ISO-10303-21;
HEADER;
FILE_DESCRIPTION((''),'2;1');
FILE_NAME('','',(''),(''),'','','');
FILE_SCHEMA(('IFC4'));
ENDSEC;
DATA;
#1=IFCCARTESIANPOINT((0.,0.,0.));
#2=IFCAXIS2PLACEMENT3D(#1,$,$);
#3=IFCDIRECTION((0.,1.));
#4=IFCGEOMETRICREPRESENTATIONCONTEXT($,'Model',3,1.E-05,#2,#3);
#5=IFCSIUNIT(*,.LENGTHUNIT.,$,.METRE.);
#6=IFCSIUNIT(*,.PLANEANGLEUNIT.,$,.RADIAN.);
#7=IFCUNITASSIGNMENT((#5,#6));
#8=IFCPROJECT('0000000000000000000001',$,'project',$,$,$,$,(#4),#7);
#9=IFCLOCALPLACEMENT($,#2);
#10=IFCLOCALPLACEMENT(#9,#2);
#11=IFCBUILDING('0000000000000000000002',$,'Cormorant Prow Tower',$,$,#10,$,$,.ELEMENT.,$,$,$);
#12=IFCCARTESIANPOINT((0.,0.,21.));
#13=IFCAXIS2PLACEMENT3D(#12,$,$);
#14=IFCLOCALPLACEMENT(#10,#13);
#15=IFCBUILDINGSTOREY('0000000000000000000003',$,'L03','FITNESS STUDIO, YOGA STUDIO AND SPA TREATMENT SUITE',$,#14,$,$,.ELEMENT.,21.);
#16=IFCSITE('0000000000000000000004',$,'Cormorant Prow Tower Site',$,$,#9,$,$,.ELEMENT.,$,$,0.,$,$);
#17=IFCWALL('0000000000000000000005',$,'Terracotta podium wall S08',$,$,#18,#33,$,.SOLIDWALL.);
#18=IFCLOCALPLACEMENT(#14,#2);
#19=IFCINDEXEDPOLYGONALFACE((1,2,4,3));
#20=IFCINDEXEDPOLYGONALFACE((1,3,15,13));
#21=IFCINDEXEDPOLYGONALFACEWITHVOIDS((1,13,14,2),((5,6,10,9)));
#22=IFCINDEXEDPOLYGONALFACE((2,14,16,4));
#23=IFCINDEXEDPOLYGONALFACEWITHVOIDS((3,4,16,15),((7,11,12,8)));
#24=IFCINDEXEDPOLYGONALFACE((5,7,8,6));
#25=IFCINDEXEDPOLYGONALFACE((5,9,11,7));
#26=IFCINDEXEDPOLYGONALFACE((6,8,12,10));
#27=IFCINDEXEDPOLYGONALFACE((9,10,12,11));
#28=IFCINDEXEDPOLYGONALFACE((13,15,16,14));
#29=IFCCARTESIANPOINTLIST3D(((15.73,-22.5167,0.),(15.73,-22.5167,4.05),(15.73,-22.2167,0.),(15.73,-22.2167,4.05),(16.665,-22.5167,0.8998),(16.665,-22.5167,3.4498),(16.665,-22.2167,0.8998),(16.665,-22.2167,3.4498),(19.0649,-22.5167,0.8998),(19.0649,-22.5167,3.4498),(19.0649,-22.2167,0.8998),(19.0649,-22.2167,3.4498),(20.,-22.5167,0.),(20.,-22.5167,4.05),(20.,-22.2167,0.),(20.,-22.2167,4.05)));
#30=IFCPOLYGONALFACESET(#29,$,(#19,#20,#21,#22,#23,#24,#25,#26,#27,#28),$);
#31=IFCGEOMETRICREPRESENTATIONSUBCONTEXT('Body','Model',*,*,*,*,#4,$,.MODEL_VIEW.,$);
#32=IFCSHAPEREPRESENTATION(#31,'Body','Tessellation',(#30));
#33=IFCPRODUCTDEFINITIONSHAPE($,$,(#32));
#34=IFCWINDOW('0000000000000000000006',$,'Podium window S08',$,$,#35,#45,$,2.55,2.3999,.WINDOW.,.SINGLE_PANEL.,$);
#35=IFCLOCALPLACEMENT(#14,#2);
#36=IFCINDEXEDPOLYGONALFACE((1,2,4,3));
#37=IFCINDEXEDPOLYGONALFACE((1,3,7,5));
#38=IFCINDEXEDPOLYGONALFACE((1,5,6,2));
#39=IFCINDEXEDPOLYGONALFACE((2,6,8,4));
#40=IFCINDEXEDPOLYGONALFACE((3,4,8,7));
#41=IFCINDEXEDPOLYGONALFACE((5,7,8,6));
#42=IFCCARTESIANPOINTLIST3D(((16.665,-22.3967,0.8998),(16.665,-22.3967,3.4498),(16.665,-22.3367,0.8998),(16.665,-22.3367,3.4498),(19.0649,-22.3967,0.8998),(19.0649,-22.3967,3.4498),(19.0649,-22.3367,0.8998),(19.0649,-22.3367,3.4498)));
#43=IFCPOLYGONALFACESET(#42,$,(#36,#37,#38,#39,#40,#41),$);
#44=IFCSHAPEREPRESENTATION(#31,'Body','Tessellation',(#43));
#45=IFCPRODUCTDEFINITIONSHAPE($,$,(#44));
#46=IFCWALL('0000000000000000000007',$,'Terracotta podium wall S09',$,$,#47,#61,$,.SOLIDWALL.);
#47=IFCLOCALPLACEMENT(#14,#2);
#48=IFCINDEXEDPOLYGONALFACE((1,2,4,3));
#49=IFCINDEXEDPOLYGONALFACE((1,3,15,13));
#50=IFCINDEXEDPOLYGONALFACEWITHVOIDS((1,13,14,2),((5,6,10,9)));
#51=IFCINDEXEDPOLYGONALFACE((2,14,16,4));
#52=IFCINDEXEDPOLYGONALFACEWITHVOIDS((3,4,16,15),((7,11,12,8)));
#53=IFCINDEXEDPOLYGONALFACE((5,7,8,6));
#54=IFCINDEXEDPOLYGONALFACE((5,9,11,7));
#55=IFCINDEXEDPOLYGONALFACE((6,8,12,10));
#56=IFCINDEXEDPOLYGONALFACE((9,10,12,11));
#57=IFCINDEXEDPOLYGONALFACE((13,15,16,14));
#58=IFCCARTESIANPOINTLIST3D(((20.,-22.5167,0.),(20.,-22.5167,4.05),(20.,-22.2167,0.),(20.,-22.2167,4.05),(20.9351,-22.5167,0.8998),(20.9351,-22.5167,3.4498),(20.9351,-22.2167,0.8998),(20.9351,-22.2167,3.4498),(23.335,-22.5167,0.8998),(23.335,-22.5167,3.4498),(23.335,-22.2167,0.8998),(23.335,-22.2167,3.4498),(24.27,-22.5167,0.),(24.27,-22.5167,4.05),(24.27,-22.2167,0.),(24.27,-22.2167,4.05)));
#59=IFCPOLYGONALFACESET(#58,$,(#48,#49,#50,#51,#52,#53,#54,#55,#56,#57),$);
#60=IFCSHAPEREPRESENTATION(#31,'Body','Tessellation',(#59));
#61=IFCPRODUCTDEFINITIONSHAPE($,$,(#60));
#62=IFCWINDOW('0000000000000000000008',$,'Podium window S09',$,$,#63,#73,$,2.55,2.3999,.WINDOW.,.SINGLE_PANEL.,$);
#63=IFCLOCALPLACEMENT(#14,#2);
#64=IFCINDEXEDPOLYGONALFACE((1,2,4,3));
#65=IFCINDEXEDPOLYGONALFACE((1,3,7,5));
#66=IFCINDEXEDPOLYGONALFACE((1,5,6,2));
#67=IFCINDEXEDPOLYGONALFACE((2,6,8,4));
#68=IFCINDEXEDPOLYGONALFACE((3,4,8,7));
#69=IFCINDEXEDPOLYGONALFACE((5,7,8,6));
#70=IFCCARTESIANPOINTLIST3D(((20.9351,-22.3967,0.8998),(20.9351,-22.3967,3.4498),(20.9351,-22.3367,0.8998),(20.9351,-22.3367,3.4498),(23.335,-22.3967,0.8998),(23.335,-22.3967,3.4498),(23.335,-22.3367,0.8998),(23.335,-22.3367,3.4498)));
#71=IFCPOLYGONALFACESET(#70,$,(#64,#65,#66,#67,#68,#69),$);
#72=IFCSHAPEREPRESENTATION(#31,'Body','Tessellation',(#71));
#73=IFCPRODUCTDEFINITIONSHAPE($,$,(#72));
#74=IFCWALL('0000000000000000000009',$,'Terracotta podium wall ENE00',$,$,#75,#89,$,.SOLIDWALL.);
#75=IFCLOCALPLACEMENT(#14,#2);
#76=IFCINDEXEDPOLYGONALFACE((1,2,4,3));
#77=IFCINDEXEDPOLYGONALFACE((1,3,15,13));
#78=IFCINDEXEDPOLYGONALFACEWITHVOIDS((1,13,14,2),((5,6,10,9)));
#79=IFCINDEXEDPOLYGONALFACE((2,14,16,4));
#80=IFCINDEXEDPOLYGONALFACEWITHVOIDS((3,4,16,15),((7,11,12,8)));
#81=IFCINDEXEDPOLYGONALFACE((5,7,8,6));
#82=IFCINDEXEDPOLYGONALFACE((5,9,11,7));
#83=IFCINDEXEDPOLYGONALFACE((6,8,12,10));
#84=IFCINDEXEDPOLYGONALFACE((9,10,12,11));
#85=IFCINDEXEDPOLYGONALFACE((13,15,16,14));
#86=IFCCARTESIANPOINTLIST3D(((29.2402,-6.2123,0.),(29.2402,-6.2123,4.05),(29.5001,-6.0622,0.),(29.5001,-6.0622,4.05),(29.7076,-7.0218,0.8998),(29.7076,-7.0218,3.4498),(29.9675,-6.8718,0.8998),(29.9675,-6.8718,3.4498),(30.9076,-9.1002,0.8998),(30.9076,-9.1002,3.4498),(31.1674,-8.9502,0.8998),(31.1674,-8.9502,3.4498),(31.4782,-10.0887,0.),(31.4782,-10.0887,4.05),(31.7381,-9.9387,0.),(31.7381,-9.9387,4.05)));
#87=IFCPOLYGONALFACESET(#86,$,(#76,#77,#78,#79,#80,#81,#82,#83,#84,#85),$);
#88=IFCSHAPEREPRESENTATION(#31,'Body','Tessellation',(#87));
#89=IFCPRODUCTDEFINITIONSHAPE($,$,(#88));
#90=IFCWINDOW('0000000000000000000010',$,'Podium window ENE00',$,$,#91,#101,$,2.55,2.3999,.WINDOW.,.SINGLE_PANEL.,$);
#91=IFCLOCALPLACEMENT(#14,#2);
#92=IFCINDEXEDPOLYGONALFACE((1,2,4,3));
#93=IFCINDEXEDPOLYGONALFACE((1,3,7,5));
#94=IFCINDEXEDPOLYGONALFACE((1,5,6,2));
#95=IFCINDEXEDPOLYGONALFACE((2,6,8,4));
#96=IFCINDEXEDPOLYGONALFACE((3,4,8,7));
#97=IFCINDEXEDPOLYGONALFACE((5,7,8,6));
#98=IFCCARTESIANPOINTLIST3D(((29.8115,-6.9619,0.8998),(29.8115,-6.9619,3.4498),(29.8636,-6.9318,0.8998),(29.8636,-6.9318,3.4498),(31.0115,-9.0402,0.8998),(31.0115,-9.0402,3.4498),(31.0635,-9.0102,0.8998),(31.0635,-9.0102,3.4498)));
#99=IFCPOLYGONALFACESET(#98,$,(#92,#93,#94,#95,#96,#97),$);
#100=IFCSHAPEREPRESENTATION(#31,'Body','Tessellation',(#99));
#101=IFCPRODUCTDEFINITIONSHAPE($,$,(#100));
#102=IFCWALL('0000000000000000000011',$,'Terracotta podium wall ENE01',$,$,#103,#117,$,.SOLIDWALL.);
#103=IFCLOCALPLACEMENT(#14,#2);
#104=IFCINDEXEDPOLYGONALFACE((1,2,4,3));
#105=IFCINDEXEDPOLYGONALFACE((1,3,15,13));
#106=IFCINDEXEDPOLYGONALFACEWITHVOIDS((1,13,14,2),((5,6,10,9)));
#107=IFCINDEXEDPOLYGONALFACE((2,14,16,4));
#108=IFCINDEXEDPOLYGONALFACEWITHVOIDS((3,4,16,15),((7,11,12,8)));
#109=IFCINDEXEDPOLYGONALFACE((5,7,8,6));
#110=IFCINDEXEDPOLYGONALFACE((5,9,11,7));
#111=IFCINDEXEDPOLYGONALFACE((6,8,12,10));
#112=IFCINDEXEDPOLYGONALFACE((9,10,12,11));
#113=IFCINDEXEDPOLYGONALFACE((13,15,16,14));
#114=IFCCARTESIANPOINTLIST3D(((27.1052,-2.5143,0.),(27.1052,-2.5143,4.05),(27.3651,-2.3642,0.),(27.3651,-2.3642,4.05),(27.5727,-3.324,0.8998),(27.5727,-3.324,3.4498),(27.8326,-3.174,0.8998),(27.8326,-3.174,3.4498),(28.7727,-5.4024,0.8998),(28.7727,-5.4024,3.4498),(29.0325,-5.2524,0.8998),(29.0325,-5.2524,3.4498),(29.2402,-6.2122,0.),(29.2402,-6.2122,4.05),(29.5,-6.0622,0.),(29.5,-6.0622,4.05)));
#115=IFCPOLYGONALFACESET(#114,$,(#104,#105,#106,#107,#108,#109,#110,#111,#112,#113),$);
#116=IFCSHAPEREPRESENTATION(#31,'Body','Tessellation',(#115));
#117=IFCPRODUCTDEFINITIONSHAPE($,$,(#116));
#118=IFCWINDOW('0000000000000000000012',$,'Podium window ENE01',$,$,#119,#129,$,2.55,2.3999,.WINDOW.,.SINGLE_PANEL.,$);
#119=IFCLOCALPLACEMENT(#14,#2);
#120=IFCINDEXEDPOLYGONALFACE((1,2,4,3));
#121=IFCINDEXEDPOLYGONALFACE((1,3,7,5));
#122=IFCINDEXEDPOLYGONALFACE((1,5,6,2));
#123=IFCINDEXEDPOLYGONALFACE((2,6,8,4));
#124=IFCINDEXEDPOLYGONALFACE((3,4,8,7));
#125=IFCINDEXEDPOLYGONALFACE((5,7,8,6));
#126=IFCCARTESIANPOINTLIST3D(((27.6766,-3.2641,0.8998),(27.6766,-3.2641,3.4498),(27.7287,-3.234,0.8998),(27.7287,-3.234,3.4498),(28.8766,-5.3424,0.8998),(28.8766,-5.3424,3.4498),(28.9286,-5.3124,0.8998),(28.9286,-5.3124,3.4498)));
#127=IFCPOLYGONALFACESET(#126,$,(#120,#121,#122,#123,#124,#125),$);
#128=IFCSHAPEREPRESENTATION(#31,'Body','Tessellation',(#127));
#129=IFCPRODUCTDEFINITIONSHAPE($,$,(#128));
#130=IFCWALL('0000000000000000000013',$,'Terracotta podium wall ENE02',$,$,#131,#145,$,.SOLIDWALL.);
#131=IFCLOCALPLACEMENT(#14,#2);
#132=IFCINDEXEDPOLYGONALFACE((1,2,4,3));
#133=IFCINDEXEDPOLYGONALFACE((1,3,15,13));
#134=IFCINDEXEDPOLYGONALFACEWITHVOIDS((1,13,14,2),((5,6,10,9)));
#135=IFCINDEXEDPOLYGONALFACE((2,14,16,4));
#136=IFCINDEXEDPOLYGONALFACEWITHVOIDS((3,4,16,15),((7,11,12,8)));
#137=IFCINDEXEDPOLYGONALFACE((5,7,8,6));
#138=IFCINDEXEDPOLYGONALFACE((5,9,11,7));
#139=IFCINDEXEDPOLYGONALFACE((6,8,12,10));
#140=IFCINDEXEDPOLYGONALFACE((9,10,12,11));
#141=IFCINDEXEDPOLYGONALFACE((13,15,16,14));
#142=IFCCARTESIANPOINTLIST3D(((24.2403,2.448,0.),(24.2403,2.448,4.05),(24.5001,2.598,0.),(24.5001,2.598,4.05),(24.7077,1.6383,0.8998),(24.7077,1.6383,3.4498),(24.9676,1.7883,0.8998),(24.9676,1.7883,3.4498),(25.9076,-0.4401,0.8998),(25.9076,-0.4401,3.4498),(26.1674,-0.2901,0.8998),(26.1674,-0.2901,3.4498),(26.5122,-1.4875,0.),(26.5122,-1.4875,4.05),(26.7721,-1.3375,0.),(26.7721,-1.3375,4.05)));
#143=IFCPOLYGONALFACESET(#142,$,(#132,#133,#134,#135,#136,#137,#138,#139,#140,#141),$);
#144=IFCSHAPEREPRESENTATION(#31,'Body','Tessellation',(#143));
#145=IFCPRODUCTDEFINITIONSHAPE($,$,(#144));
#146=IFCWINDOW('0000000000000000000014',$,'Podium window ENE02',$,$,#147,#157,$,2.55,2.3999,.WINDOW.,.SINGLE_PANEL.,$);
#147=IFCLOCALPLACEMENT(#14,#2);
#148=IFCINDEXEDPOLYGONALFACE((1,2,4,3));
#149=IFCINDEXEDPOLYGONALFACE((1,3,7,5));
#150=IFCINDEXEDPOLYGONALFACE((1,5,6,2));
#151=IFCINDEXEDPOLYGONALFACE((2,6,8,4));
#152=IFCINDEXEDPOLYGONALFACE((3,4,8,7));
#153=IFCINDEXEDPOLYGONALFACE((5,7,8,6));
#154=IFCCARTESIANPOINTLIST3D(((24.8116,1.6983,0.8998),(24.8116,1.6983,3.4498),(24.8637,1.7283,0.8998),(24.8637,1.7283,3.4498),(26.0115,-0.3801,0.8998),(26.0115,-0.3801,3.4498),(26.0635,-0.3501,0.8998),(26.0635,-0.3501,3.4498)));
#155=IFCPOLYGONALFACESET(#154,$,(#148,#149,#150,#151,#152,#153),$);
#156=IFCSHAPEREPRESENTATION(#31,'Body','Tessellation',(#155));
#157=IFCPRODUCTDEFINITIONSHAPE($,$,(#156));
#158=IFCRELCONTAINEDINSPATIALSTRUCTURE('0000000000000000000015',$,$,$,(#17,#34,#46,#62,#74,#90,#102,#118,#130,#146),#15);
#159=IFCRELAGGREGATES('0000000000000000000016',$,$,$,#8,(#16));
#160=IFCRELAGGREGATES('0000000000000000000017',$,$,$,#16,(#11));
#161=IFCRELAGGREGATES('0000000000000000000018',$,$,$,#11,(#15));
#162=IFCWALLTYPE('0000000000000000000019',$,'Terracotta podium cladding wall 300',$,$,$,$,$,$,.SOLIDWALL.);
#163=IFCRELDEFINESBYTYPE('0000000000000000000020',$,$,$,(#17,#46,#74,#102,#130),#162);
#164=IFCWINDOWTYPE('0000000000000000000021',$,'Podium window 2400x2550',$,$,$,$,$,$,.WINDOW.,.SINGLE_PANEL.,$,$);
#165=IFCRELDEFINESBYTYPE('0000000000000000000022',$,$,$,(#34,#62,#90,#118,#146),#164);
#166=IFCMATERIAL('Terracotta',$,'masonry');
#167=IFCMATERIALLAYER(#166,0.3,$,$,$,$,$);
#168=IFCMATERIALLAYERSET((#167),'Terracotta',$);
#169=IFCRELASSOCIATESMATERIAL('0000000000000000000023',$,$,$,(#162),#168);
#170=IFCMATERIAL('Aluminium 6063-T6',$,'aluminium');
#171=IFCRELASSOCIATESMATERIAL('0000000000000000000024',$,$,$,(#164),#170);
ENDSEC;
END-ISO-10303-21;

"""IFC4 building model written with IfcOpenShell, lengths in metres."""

from ifc_helpers import new_model, si_unit, direction, frame, frame_2d, origin, place, context, subcontext, project, spatial, rectangle, extrude, material, layer, layer_set, type_object, element, fill, save


model = new_model("IFC4")

# Units and contexts
model_context = context("Model", 3, precision=1e-05, world=origin(), true_north=direction((0.0, 1.0)))
body_context = subcontext(model_context, "Body", "Model", "MODEL_VIEW")
ifc_project = project(units=[si_unit("LENGTHUNIT", "METRE"), si_unit("PLANEANGLEUNIT", "RADIAN")], contexts=[model_context])

# Site, building, storey
site_placement = place(None, origin())
site = spatial("IfcSite", under=ifc_project, at=site_placement, Name="Cormorant Prow Tower Site", CompositionType="ELEMENT", RefElevation=0.0)
building_placement = place(site_placement, origin())
building = spatial("IfcBuilding", under=site, at=building_placement, Name="Cormorant Prow Tower", CompositionType="ELEMENT")
storey_placement = place(building_placement, frame((0.0, 0.0, 21.0)))
storey = spatial("IfcBuildingStorey", under=building, at=storey_placement, Name="L03", Description="FITNESS STUDIO, YOGA STUDIO AND SPA TREATMENT SUITE", CompositionType="ELEMENT", Elevation=21.0)

# Walls, openings, windows
ifc_material_1 = material(Name="Terracotta", Category="masonry")
ifc_layer_1 = layer(ifc_material_1, 0.3)
ifc_layer_set_1 = layer_set([ifc_layer_1], Name="Terracotta")
wall_type_1 = type_object("IfcWallType", Name="Terracotta podium cladding wall 300", PredefinedType="SOLIDWALL", material=ifc_layer_set_1)
ifc_material_2 = material(Name="Aluminium 6063-T6", Category="aluminium")
window_type = type_object("IfcWindowType", Name="Podium window 2400x2550", PartitioningType="SINGLE_PANEL", PredefinedType="WINDOW", material=ifc_material_2)
wall_1_placement = place(storey_placement, frame((15.73, -22.3667, 0.0), z_axis=(0.0, 0.0, 1.0), x_axis=(1.0, 0.0, 0.0)))
wall_1 = element("IfcWall", 1, at=wall_1_placement, inside=storey, type_object=wall_type_1, Name="Terracotta podium wall S08", PredefinedType="SOLIDWALL", context=body_context, shape_type="SweptSolid", body=[
    extrude(rectangle(XDim=4.27, YDim=0.3, at=frame_2d((2.135, 0.0))), origin(), (0.0, 0.0, 1.0), 4.05),
])
opening_1_placement = place(wall_1_placement, frame((0.9351, 0.0, 0.8999)))
opening_1 = element("IfcOpeningElement", 2, at=opening_1_placement, cuts=wall_1, PredefinedType="OPENING", context=body_context, shape_type="SweptSolid", body=[
    extrude(rectangle(XDim=2.3999, YDim=2.55, at=frame_2d((1.2, 1.2749))), frame((0.0, 0.1599, 0.0), z_axis=(0.0, -1.0, 0.0), x_axis=(1.0, 0.0, 0.0)), (0.0, 0.0, 1.0), 0.3201),
])
window_1_placement = place(opening_1_placement, origin())
window_1 = element("IfcWindow", 3, at=window_1_placement, inside=storey, type_object=window_type, Name="Podium window S08", OverallHeight=2.55, OverallWidth=2.3999, PartitioningType="SINGLE_PANEL", PredefinedType="WINDOW", context=body_context, shape_type="SweptSolid", body=[
    extrude(rectangle(XDim=2.3999, YDim=2.55, at=frame_2d((1.2, 1.2749))), frame((0.0, 0.03, 0.0), z_axis=(0.0, -1.0, 0.0), x_axis=(1.0, 0.0, 0.0)), (0.0, 0.0, 1.0), 0.0601),
])
fill(opening_1, window_1)
wall_2_placement = place(storey_placement, frame((20.0, -22.3667, 0.0), z_axis=(0.0, 0.0, 1.0), x_axis=(1.0, 0.0, 0.0)))
wall_2 = element("IfcWall", 4, at=wall_2_placement, inside=storey, type_object=wall_type_1, Name="Terracotta podium wall S09", PredefinedType="SOLIDWALL", context=body_context, shape_type="SweptSolid", body=[
    extrude(rectangle(XDim=4.27, YDim=0.3, at=frame_2d((2.135, 0.0))), origin(), (0.0, 0.0, 1.0), 4.05),
])
opening_2_placement = place(wall_2_placement, frame((0.9351, 0.0, 0.8999)))
opening_2 = element("IfcOpeningElement", 5, at=opening_2_placement, cuts=wall_2, PredefinedType="OPENING", context=body_context, shape_type="SweptSolid", body=[
    extrude(rectangle(XDim=2.3999, YDim=2.55, at=frame_2d((1.2, 1.2749))), frame((0.0, 0.1599, 0.0), z_axis=(0.0, -1.0, 0.0), x_axis=(1.0, 0.0, 0.0)), (0.0, 0.0, 1.0), 0.3201),
])
window_2_placement = place(opening_2_placement, origin())
window_2 = element("IfcWindow", 6, at=window_2_placement, inside=storey, type_object=window_type, Name="Podium window S09", OverallHeight=2.55, OverallWidth=2.3999, PartitioningType="SINGLE_PANEL", PredefinedType="WINDOW", context=body_context, shape_type="SweptSolid", body=[
    extrude(rectangle(XDim=2.3999, YDim=2.55, at=frame_2d((1.2, 1.2749))), frame((0.0, 0.03, 0.0), z_axis=(0.0, -1.0, 0.0), x_axis=(1.0, 0.0, 0.0)), (0.0, 0.0, 1.0), 0.0601),
])
fill(opening_2, window_2)
wall_3_placement = place(storey_placement, frame((31.6082, -10.0137, 0.0), z_axis=(0.0, 0.0, 1.0), x_axis=(-0.499993, 0.866029, 0.0)))
wall_3 = element("IfcWall", 7, at=wall_3_placement, inside=storey, type_object=wall_type_1, Name="Terracotta podium wall ENE00", PredefinedType="SOLIDWALL", context=body_context, shape_type="SweptSolid", body=[
    extrude(rectangle(XDim=4.4761, YDim=0.3, at=frame_2d((2.238, 0.0))), origin(), (0.0, 0.0, 1.0), 4.05),
])
opening_3_placement = place(wall_3_placement, frame((1.1414, 0.0, 0.8999)))
opening_3 = element("IfcOpeningElement", 8, at=opening_3_placement, cuts=wall_3, PredefinedType="OPENING", context=body_context, shape_type="SweptSolid", body=[
    extrude(rectangle(XDim=2.3999, YDim=2.55, at=frame_2d((1.2, 1.2749))), frame((0.0, 0.1599, 0.0), z_axis=(0.0, -1.0, 0.0), x_axis=(1.0, 0.0, 0.0)), (0.0, 0.0, 1.0), 0.3201),
])
window_3_placement = place(opening_3_placement, origin())
window_3 = element("IfcWindow", 9, at=window_3_placement, inside=storey, type_object=window_type, Name="Podium window ENE00", OverallHeight=2.55, OverallWidth=2.3999, PartitioningType="SINGLE_PANEL", PredefinedType="WINDOW", context=body_context, shape_type="SweptSolid", body=[
    extrude(rectangle(XDim=2.3999, YDim=2.55, at=frame_2d((1.2, 1.2749))), frame((0.0, 0.03, 0.0), z_axis=(0.0, -1.0, 0.0), x_axis=(1.0, 0.0, 0.0)), (0.0, 0.0, 1.0), 0.0601),
])
fill(opening_3, window_3)
wall_4_placement = place(storey_placement, frame((29.3701, -6.1372, 0.0), z_axis=(0.0, 0.0, 1.0), x_axis=(-0.499995, 0.866028, 0.0)))
wall_4 = element("IfcWall", 10, at=wall_4_placement, inside=storey, type_object=wall_type_1, Name="Terracotta podium wall ENE01", PredefinedType="SOLIDWALL", context=body_context, shape_type="SweptSolid", body=[
    extrude(rectangle(XDim=4.27, YDim=0.3, at=frame_2d((2.135, 0.0))), origin(), (0.0, 0.0, 1.0), 4.05),
])
opening_4_placement = place(wall_4_placement, frame((0.9351, 0.0, 0.8999)))
opening_4 = element("IfcOpeningElement", 11, at=opening_4_placement, cuts=wall_4, PredefinedType="OPENING", context=body_context, shape_type="SweptSolid", body=[
    extrude(rectangle(XDim=2.3999, YDim=2.55, at=frame_2d((1.2, 1.2749))), frame((0.0, 0.1599, 0.0), z_axis=(0.0, -1.0, 0.0), x_axis=(1.0, 0.0, 0.0)), (0.0, 0.0, 1.0), 0.3201),
])
window_4_placement = place(opening_4_placement, origin())
window_4 = element("IfcWindow", 12, at=window_4_placement, inside=storey, type_object=window_type, Name="Podium window ENE01", OverallHeight=2.55, OverallWidth=2.3999, PartitioningType="SINGLE_PANEL", PredefinedType="WINDOW", context=body_context, shape_type="SweptSolid", body=[
    extrude(rectangle(XDim=2.3999, YDim=2.55, at=frame_2d((1.2, 1.2749))), frame((0.0, 0.03, 0.0), z_axis=(0.0, -1.0, 0.0), x_axis=(1.0, 0.0, 0.0)), (0.0, 0.0, 1.0), 0.0601),
])
fill(opening_4, window_4)
wall_5_placement = place(storey_placement, frame((26.6421, -1.4124, 0.0), z_axis=(0.0, 0.0, 1.0), x_axis=(-0.499964, 0.866046, 0.0)))
wall_5 = element("IfcWall", 13, at=wall_5_placement, inside=storey, type_object=wall_type_1, Name="Terracotta podium wall ENE02", PredefinedType="SOLIDWALL", context=body_context, shape_type="SweptSolid", body=[
    extrude(rectangle(XDim=4.5442, YDim=0.3, at=frame_2d((2.272, 0.0))), origin(), (0.0, 0.0, 1.0), 4.05),
])
opening_5_placement = place(wall_5_placement, frame((1.2092, 0.0, 0.8999)))
opening_5 = element("IfcOpeningElement", 14, at=opening_5_placement, cuts=wall_5, PredefinedType="OPENING", context=body_context, shape_type="SweptSolid", body=[
    extrude(rectangle(XDim=2.3999, YDim=2.55, at=frame_2d((1.2, 1.2749))), frame((0.0, 0.1599, 0.0), z_axis=(0.0, -1.0, 0.0), x_axis=(1.0, 0.0, 0.0)), (0.0, 0.0, 1.0), 0.3201),
])
window_5_placement = place(opening_5_placement, origin())
window_5 = element("IfcWindow", 15, at=window_5_placement, inside=storey, type_object=window_type, Name="Podium window ENE02", OverallHeight=2.55, OverallWidth=2.3999, PartitioningType="SINGLE_PANEL", PredefinedType="WINDOW", context=body_context, shape_type="SweptSolid", body=[
    extrude(rectangle(XDim=2.3999, YDim=2.55, at=frame_2d((1.2, 1.2749))), frame((0.0, 0.03, 0.0), z_axis=(0.0, -1.0, 0.0), x_axis=(1.0, 0.0, 0.0)), (0.0, 0.0, 1.0), 0.0601),
])
fill(opening_5, window_5)

save(model, "model.ifc")
